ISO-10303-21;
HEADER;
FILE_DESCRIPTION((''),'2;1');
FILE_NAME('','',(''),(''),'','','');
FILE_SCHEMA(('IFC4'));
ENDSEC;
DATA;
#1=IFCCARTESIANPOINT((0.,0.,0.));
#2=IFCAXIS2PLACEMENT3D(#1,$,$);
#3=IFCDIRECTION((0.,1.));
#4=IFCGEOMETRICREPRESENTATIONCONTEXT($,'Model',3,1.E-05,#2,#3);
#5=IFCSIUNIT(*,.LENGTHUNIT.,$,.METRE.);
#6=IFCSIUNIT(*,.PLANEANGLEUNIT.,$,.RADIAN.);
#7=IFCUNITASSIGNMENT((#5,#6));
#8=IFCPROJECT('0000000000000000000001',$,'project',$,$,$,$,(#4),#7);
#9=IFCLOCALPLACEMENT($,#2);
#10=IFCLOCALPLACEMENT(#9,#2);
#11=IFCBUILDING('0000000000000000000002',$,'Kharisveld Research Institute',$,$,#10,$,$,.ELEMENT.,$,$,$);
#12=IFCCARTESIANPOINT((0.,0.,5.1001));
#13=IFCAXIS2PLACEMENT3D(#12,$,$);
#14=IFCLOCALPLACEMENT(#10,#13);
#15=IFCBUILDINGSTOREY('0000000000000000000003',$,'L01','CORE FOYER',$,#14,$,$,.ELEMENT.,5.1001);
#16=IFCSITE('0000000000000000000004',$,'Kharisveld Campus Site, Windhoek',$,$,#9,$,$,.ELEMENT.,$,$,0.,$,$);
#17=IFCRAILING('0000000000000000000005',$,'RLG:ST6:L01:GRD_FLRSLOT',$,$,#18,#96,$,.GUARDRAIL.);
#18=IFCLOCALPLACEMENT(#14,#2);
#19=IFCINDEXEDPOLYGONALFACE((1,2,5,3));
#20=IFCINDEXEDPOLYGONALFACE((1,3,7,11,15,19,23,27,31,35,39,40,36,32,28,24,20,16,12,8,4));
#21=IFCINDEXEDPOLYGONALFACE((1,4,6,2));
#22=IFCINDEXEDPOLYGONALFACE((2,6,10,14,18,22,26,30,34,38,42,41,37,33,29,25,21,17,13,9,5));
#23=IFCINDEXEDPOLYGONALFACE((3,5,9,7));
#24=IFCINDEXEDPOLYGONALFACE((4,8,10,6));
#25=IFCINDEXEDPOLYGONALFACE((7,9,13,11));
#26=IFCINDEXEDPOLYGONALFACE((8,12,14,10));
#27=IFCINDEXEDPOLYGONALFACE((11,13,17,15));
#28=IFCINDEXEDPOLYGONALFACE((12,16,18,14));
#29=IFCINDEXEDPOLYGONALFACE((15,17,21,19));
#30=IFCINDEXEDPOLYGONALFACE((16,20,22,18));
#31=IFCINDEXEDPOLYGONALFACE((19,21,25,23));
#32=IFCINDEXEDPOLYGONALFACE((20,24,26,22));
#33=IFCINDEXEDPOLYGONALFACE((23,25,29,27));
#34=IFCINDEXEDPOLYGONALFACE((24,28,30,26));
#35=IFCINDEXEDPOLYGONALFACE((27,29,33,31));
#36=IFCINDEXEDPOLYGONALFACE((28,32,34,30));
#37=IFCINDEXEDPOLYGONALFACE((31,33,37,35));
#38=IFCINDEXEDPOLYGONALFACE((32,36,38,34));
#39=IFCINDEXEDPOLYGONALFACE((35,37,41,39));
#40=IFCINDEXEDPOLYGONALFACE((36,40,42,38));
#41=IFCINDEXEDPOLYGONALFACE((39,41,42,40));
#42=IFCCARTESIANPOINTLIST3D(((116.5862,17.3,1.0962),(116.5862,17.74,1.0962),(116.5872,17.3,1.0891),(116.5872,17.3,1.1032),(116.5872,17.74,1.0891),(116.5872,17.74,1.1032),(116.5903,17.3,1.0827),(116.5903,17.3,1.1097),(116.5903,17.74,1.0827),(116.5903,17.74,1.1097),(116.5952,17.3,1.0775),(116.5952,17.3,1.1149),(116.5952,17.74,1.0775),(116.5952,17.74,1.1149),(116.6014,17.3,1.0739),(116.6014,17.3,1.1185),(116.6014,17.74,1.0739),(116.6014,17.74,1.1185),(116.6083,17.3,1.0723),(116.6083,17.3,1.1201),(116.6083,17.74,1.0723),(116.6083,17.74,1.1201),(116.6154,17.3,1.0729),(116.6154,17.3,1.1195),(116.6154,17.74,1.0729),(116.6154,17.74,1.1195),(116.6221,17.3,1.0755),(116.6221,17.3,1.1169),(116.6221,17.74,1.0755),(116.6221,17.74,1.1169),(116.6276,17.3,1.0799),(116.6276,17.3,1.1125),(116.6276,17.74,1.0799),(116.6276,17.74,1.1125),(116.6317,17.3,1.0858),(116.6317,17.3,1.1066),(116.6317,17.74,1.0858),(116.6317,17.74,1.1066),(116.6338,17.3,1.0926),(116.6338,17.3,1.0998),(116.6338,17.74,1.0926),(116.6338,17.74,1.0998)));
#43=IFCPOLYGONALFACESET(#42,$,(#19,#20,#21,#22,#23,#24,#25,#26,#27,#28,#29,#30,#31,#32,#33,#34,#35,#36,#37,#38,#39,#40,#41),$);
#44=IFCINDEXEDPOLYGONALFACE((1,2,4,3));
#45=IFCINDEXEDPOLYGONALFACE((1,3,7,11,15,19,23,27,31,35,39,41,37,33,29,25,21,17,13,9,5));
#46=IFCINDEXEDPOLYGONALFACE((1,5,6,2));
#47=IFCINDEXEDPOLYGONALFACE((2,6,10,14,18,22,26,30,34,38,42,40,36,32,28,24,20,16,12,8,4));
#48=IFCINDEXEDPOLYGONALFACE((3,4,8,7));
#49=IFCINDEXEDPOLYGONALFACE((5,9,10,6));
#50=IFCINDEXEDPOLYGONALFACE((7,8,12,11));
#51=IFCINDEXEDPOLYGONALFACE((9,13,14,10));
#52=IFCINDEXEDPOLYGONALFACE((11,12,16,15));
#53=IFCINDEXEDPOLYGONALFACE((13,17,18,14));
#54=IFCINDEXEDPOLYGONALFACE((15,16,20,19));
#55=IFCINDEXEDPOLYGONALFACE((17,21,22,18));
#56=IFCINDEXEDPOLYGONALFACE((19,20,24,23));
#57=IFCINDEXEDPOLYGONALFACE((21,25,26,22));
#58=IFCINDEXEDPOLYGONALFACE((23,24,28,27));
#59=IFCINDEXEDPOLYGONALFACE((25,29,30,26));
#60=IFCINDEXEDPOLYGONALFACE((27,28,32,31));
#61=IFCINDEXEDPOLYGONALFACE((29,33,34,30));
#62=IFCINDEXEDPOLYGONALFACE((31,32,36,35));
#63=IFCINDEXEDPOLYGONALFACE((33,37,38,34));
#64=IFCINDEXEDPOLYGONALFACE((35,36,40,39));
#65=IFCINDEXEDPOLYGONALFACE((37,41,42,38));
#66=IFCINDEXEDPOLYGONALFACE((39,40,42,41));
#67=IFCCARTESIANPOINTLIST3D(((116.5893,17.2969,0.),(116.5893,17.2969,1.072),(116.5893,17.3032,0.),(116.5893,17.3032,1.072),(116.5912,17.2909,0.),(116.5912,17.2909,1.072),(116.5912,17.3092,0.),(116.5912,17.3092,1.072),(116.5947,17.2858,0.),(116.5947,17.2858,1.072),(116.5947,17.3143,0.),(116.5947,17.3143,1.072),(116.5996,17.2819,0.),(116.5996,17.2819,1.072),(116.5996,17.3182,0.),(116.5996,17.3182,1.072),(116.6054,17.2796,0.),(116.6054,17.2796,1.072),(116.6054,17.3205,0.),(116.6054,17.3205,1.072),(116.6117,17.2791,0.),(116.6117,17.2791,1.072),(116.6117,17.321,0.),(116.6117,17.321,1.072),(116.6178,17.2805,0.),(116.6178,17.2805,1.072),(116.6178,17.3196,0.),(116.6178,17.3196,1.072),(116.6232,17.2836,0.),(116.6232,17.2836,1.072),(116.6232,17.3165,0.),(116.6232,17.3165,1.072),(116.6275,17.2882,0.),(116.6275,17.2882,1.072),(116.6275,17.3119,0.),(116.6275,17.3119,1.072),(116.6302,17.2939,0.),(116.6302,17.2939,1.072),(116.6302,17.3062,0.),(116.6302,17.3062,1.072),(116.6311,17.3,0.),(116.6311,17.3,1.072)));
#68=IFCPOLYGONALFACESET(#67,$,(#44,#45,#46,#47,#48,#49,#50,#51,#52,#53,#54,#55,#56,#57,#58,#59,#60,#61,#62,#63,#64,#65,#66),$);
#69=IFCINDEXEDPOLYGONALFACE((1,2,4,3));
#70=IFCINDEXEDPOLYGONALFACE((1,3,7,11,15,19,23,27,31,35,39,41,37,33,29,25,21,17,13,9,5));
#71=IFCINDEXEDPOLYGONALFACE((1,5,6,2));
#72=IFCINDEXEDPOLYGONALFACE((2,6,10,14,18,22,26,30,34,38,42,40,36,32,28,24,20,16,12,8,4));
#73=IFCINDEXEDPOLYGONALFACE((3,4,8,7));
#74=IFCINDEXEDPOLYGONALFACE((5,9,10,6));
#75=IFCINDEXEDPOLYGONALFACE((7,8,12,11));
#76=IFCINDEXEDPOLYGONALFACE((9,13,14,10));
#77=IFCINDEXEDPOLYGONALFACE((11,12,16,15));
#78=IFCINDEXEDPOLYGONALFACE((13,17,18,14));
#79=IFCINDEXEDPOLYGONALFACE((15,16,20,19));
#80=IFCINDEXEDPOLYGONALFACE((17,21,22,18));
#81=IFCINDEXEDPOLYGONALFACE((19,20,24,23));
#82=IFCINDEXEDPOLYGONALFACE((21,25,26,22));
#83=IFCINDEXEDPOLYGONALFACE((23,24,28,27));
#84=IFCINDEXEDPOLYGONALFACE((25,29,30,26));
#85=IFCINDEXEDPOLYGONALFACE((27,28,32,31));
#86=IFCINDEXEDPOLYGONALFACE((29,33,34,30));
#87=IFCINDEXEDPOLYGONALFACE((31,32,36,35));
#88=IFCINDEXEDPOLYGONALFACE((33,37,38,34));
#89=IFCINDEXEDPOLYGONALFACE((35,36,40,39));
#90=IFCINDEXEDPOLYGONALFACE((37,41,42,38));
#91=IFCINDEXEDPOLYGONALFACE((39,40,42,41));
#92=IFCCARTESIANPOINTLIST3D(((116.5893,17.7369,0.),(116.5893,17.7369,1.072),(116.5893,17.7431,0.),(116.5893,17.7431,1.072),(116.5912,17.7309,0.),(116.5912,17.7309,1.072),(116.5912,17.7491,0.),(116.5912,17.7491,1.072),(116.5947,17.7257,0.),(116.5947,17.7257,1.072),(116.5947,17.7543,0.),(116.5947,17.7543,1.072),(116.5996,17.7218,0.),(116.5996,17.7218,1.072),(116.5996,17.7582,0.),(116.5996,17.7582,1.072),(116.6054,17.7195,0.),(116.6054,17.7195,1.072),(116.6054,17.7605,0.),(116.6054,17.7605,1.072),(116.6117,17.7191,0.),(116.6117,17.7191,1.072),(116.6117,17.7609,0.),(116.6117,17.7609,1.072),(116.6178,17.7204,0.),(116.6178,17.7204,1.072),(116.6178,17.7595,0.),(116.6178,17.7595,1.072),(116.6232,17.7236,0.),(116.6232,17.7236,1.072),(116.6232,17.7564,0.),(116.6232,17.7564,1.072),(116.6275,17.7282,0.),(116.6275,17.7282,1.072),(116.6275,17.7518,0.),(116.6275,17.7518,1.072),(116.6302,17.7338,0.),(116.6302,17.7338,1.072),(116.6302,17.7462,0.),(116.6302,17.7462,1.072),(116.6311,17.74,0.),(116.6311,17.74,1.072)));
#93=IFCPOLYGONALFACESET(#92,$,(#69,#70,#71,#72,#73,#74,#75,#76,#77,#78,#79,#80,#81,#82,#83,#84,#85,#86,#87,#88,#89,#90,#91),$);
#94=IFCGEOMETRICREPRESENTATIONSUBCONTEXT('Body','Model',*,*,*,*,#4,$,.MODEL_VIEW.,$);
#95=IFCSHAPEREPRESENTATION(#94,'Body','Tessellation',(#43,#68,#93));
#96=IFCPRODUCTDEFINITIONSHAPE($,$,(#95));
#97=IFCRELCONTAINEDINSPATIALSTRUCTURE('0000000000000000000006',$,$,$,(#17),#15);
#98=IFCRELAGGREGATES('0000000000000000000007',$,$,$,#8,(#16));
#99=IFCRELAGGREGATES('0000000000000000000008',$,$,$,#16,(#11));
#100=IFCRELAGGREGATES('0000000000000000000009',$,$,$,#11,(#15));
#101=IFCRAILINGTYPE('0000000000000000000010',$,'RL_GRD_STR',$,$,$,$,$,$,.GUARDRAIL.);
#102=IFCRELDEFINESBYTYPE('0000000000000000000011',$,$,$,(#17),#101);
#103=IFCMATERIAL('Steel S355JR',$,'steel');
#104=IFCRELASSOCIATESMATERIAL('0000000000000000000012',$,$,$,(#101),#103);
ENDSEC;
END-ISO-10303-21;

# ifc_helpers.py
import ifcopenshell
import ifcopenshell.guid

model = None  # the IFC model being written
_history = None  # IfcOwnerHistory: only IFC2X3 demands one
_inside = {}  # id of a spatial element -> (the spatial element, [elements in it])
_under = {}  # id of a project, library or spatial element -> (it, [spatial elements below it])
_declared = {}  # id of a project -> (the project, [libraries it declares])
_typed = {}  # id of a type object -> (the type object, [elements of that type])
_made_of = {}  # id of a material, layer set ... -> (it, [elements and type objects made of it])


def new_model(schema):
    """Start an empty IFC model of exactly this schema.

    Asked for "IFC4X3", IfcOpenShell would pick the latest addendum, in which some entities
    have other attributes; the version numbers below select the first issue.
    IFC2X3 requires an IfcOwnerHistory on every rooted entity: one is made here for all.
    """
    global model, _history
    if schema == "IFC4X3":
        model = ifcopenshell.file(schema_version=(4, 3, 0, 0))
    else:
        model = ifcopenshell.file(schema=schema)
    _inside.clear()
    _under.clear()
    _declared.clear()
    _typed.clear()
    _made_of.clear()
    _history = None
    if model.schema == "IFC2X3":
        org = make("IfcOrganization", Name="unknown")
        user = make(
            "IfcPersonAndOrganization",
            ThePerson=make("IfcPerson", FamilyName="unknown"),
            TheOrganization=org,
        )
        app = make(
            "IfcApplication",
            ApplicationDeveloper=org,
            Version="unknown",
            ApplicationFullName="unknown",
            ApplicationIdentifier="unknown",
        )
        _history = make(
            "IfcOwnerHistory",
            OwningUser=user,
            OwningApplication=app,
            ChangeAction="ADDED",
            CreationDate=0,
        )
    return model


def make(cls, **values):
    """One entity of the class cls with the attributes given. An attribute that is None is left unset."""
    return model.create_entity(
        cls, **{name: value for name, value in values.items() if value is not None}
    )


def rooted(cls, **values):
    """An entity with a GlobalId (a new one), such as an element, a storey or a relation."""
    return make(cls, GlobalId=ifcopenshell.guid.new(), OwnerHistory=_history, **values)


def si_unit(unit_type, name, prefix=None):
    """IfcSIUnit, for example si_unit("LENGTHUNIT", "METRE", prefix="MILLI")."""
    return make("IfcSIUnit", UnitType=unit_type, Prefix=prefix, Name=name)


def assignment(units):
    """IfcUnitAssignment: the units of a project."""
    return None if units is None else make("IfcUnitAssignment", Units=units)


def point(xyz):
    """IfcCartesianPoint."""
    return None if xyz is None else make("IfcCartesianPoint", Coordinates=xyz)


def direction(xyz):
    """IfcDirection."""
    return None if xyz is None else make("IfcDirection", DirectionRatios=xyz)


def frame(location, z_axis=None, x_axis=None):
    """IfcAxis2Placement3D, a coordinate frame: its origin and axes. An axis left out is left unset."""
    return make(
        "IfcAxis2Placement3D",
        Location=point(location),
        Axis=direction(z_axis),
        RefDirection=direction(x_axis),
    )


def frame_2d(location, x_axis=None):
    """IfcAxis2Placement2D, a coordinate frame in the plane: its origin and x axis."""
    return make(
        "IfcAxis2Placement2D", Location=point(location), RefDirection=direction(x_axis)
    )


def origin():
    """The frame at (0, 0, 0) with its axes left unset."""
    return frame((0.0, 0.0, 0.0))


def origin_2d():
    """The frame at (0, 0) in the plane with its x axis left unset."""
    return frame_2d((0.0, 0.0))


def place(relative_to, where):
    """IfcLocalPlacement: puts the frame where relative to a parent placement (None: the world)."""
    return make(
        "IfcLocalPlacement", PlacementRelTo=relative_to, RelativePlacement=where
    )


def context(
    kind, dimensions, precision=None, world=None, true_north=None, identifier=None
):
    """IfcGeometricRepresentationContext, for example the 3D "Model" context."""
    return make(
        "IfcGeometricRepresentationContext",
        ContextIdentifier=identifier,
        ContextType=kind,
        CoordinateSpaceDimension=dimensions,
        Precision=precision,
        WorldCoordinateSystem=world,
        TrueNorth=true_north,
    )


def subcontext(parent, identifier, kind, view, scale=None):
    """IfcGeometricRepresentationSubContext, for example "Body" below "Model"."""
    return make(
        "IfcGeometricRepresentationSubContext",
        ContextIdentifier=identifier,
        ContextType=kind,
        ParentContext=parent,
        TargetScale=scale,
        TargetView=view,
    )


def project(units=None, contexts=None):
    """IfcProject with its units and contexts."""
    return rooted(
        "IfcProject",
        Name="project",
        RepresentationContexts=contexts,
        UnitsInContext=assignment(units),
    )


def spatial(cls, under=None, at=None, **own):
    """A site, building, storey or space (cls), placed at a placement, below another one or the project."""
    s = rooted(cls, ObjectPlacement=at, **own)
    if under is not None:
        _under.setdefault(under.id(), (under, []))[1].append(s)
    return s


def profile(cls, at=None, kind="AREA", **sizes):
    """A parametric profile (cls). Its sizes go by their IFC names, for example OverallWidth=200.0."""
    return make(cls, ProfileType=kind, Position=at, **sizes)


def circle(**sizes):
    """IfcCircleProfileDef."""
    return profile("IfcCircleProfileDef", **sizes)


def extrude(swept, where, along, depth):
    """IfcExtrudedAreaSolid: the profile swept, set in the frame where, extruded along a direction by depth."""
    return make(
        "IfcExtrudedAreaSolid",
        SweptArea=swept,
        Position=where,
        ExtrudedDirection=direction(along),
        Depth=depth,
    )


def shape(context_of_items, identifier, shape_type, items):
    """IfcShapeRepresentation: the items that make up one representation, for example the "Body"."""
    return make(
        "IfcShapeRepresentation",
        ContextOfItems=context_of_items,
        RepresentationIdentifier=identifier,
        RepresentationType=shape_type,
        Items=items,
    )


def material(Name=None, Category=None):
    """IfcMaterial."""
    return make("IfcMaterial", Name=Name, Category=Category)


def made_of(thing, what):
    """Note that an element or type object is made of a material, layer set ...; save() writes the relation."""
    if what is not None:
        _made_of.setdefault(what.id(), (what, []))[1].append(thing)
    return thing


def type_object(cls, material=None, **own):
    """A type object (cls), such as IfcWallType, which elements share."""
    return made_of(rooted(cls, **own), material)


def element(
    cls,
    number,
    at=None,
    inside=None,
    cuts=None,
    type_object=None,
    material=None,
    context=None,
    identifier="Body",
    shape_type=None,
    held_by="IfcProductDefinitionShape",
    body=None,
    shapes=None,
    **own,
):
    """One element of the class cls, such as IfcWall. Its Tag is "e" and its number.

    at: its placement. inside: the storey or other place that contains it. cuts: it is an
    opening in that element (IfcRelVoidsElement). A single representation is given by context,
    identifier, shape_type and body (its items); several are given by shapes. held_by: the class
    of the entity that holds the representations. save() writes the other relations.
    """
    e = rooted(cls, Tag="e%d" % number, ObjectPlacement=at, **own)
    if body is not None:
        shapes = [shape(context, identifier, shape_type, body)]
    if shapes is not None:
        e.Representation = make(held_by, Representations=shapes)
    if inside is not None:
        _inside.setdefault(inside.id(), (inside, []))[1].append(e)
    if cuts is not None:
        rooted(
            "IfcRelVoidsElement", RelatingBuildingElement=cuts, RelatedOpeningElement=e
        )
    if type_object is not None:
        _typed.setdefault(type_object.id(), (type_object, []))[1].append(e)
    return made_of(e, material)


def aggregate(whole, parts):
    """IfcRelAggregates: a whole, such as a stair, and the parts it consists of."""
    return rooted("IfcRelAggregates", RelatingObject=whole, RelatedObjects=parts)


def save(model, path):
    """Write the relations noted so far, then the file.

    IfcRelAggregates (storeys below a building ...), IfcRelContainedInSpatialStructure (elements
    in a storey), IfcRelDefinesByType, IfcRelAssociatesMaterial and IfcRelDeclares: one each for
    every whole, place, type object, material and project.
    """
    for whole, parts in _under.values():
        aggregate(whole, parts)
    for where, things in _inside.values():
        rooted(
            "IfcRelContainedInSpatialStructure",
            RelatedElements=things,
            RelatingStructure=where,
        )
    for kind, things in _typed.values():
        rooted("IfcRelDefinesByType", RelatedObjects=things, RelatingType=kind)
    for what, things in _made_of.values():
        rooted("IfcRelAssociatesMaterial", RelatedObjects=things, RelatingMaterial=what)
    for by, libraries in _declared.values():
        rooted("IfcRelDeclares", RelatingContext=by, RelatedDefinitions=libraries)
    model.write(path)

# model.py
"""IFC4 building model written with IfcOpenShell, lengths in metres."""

from ifc_helpers import new_model, si_unit, direction, frame, origin, origin_2d, place, context, subcontext, project, spatial, circle, extrude, material, type_object, element, save


model = new_model("IFC4")

# Units and contexts
model_context = context("Model", 3, precision=1e-05, world=origin(), true_north=direction((0.0, 1.0)))
body_context = subcontext(model_context, "Body", "Model", "MODEL_VIEW")
ifc_project = project(units=[si_unit("LENGTHUNIT", "METRE"), si_unit("PLANEANGLEUNIT", "RADIAN")], contexts=[model_context])

# Site, building, storey
site_placement = place(None, origin())
site = spatial("IfcSite", under=ifc_project, at=site_placement, Name="Kharisveld Campus Site, Windhoek", CompositionType="ELEMENT", RefElevation=0.0)
building_placement = place(site_placement, origin())
building = spatial("IfcBuilding", under=site, at=building_placement, Name="Kharisveld Research Institute", CompositionType="ELEMENT")
storey_placement = place(building_placement, frame((0.0, 0.0, 5.1001)))
storey = spatial("IfcBuildingStorey", under=building, at=storey_placement, Name="L01", Description="CORE FOYER", CompositionType="ELEMENT", Elevation=5.1001)

# Railing
ifc_material_1 = material(Name="Steel S355JR", Category="steel")
railing_type_1 = type_object("IfcRailingType", Name="RL_GRD_STR", PredefinedType="GUARDRAIL", material=ifc_material_1)
railing_1_placement = place(storey_placement, frame((116.6101, 17.3, 0.0)))
element("IfcRailing", 1, at=railing_1_placement, inside=storey, type_object=railing_type_1, Name="RLG:ST6:L01:GRD_FLRSLOT", PredefinedType="GUARDRAIL", context=body_context, shape_type="SweptSolid", body=[
    extrude(circle(Radius=0.0239, at=origin_2d()), frame((0.0, 0.0, 1.0962), z_axis=(0.0, 1.0, 0.0), x_axis=(-1.0, 0.0, 0.0)), (0.0, 0.0, 1.0), 0.4399),
    extrude(circle(Radius=0.021, at=origin_2d()), origin(), (0.0, 0.0, 1.0), 1.072),
    extrude(circle(Radius=0.021, at=origin_2d()), frame((0.0, 0.4399, 0.0)), (0.0, 0.0, 1.0), 1.072),
])

save(model, "model.ifc")
